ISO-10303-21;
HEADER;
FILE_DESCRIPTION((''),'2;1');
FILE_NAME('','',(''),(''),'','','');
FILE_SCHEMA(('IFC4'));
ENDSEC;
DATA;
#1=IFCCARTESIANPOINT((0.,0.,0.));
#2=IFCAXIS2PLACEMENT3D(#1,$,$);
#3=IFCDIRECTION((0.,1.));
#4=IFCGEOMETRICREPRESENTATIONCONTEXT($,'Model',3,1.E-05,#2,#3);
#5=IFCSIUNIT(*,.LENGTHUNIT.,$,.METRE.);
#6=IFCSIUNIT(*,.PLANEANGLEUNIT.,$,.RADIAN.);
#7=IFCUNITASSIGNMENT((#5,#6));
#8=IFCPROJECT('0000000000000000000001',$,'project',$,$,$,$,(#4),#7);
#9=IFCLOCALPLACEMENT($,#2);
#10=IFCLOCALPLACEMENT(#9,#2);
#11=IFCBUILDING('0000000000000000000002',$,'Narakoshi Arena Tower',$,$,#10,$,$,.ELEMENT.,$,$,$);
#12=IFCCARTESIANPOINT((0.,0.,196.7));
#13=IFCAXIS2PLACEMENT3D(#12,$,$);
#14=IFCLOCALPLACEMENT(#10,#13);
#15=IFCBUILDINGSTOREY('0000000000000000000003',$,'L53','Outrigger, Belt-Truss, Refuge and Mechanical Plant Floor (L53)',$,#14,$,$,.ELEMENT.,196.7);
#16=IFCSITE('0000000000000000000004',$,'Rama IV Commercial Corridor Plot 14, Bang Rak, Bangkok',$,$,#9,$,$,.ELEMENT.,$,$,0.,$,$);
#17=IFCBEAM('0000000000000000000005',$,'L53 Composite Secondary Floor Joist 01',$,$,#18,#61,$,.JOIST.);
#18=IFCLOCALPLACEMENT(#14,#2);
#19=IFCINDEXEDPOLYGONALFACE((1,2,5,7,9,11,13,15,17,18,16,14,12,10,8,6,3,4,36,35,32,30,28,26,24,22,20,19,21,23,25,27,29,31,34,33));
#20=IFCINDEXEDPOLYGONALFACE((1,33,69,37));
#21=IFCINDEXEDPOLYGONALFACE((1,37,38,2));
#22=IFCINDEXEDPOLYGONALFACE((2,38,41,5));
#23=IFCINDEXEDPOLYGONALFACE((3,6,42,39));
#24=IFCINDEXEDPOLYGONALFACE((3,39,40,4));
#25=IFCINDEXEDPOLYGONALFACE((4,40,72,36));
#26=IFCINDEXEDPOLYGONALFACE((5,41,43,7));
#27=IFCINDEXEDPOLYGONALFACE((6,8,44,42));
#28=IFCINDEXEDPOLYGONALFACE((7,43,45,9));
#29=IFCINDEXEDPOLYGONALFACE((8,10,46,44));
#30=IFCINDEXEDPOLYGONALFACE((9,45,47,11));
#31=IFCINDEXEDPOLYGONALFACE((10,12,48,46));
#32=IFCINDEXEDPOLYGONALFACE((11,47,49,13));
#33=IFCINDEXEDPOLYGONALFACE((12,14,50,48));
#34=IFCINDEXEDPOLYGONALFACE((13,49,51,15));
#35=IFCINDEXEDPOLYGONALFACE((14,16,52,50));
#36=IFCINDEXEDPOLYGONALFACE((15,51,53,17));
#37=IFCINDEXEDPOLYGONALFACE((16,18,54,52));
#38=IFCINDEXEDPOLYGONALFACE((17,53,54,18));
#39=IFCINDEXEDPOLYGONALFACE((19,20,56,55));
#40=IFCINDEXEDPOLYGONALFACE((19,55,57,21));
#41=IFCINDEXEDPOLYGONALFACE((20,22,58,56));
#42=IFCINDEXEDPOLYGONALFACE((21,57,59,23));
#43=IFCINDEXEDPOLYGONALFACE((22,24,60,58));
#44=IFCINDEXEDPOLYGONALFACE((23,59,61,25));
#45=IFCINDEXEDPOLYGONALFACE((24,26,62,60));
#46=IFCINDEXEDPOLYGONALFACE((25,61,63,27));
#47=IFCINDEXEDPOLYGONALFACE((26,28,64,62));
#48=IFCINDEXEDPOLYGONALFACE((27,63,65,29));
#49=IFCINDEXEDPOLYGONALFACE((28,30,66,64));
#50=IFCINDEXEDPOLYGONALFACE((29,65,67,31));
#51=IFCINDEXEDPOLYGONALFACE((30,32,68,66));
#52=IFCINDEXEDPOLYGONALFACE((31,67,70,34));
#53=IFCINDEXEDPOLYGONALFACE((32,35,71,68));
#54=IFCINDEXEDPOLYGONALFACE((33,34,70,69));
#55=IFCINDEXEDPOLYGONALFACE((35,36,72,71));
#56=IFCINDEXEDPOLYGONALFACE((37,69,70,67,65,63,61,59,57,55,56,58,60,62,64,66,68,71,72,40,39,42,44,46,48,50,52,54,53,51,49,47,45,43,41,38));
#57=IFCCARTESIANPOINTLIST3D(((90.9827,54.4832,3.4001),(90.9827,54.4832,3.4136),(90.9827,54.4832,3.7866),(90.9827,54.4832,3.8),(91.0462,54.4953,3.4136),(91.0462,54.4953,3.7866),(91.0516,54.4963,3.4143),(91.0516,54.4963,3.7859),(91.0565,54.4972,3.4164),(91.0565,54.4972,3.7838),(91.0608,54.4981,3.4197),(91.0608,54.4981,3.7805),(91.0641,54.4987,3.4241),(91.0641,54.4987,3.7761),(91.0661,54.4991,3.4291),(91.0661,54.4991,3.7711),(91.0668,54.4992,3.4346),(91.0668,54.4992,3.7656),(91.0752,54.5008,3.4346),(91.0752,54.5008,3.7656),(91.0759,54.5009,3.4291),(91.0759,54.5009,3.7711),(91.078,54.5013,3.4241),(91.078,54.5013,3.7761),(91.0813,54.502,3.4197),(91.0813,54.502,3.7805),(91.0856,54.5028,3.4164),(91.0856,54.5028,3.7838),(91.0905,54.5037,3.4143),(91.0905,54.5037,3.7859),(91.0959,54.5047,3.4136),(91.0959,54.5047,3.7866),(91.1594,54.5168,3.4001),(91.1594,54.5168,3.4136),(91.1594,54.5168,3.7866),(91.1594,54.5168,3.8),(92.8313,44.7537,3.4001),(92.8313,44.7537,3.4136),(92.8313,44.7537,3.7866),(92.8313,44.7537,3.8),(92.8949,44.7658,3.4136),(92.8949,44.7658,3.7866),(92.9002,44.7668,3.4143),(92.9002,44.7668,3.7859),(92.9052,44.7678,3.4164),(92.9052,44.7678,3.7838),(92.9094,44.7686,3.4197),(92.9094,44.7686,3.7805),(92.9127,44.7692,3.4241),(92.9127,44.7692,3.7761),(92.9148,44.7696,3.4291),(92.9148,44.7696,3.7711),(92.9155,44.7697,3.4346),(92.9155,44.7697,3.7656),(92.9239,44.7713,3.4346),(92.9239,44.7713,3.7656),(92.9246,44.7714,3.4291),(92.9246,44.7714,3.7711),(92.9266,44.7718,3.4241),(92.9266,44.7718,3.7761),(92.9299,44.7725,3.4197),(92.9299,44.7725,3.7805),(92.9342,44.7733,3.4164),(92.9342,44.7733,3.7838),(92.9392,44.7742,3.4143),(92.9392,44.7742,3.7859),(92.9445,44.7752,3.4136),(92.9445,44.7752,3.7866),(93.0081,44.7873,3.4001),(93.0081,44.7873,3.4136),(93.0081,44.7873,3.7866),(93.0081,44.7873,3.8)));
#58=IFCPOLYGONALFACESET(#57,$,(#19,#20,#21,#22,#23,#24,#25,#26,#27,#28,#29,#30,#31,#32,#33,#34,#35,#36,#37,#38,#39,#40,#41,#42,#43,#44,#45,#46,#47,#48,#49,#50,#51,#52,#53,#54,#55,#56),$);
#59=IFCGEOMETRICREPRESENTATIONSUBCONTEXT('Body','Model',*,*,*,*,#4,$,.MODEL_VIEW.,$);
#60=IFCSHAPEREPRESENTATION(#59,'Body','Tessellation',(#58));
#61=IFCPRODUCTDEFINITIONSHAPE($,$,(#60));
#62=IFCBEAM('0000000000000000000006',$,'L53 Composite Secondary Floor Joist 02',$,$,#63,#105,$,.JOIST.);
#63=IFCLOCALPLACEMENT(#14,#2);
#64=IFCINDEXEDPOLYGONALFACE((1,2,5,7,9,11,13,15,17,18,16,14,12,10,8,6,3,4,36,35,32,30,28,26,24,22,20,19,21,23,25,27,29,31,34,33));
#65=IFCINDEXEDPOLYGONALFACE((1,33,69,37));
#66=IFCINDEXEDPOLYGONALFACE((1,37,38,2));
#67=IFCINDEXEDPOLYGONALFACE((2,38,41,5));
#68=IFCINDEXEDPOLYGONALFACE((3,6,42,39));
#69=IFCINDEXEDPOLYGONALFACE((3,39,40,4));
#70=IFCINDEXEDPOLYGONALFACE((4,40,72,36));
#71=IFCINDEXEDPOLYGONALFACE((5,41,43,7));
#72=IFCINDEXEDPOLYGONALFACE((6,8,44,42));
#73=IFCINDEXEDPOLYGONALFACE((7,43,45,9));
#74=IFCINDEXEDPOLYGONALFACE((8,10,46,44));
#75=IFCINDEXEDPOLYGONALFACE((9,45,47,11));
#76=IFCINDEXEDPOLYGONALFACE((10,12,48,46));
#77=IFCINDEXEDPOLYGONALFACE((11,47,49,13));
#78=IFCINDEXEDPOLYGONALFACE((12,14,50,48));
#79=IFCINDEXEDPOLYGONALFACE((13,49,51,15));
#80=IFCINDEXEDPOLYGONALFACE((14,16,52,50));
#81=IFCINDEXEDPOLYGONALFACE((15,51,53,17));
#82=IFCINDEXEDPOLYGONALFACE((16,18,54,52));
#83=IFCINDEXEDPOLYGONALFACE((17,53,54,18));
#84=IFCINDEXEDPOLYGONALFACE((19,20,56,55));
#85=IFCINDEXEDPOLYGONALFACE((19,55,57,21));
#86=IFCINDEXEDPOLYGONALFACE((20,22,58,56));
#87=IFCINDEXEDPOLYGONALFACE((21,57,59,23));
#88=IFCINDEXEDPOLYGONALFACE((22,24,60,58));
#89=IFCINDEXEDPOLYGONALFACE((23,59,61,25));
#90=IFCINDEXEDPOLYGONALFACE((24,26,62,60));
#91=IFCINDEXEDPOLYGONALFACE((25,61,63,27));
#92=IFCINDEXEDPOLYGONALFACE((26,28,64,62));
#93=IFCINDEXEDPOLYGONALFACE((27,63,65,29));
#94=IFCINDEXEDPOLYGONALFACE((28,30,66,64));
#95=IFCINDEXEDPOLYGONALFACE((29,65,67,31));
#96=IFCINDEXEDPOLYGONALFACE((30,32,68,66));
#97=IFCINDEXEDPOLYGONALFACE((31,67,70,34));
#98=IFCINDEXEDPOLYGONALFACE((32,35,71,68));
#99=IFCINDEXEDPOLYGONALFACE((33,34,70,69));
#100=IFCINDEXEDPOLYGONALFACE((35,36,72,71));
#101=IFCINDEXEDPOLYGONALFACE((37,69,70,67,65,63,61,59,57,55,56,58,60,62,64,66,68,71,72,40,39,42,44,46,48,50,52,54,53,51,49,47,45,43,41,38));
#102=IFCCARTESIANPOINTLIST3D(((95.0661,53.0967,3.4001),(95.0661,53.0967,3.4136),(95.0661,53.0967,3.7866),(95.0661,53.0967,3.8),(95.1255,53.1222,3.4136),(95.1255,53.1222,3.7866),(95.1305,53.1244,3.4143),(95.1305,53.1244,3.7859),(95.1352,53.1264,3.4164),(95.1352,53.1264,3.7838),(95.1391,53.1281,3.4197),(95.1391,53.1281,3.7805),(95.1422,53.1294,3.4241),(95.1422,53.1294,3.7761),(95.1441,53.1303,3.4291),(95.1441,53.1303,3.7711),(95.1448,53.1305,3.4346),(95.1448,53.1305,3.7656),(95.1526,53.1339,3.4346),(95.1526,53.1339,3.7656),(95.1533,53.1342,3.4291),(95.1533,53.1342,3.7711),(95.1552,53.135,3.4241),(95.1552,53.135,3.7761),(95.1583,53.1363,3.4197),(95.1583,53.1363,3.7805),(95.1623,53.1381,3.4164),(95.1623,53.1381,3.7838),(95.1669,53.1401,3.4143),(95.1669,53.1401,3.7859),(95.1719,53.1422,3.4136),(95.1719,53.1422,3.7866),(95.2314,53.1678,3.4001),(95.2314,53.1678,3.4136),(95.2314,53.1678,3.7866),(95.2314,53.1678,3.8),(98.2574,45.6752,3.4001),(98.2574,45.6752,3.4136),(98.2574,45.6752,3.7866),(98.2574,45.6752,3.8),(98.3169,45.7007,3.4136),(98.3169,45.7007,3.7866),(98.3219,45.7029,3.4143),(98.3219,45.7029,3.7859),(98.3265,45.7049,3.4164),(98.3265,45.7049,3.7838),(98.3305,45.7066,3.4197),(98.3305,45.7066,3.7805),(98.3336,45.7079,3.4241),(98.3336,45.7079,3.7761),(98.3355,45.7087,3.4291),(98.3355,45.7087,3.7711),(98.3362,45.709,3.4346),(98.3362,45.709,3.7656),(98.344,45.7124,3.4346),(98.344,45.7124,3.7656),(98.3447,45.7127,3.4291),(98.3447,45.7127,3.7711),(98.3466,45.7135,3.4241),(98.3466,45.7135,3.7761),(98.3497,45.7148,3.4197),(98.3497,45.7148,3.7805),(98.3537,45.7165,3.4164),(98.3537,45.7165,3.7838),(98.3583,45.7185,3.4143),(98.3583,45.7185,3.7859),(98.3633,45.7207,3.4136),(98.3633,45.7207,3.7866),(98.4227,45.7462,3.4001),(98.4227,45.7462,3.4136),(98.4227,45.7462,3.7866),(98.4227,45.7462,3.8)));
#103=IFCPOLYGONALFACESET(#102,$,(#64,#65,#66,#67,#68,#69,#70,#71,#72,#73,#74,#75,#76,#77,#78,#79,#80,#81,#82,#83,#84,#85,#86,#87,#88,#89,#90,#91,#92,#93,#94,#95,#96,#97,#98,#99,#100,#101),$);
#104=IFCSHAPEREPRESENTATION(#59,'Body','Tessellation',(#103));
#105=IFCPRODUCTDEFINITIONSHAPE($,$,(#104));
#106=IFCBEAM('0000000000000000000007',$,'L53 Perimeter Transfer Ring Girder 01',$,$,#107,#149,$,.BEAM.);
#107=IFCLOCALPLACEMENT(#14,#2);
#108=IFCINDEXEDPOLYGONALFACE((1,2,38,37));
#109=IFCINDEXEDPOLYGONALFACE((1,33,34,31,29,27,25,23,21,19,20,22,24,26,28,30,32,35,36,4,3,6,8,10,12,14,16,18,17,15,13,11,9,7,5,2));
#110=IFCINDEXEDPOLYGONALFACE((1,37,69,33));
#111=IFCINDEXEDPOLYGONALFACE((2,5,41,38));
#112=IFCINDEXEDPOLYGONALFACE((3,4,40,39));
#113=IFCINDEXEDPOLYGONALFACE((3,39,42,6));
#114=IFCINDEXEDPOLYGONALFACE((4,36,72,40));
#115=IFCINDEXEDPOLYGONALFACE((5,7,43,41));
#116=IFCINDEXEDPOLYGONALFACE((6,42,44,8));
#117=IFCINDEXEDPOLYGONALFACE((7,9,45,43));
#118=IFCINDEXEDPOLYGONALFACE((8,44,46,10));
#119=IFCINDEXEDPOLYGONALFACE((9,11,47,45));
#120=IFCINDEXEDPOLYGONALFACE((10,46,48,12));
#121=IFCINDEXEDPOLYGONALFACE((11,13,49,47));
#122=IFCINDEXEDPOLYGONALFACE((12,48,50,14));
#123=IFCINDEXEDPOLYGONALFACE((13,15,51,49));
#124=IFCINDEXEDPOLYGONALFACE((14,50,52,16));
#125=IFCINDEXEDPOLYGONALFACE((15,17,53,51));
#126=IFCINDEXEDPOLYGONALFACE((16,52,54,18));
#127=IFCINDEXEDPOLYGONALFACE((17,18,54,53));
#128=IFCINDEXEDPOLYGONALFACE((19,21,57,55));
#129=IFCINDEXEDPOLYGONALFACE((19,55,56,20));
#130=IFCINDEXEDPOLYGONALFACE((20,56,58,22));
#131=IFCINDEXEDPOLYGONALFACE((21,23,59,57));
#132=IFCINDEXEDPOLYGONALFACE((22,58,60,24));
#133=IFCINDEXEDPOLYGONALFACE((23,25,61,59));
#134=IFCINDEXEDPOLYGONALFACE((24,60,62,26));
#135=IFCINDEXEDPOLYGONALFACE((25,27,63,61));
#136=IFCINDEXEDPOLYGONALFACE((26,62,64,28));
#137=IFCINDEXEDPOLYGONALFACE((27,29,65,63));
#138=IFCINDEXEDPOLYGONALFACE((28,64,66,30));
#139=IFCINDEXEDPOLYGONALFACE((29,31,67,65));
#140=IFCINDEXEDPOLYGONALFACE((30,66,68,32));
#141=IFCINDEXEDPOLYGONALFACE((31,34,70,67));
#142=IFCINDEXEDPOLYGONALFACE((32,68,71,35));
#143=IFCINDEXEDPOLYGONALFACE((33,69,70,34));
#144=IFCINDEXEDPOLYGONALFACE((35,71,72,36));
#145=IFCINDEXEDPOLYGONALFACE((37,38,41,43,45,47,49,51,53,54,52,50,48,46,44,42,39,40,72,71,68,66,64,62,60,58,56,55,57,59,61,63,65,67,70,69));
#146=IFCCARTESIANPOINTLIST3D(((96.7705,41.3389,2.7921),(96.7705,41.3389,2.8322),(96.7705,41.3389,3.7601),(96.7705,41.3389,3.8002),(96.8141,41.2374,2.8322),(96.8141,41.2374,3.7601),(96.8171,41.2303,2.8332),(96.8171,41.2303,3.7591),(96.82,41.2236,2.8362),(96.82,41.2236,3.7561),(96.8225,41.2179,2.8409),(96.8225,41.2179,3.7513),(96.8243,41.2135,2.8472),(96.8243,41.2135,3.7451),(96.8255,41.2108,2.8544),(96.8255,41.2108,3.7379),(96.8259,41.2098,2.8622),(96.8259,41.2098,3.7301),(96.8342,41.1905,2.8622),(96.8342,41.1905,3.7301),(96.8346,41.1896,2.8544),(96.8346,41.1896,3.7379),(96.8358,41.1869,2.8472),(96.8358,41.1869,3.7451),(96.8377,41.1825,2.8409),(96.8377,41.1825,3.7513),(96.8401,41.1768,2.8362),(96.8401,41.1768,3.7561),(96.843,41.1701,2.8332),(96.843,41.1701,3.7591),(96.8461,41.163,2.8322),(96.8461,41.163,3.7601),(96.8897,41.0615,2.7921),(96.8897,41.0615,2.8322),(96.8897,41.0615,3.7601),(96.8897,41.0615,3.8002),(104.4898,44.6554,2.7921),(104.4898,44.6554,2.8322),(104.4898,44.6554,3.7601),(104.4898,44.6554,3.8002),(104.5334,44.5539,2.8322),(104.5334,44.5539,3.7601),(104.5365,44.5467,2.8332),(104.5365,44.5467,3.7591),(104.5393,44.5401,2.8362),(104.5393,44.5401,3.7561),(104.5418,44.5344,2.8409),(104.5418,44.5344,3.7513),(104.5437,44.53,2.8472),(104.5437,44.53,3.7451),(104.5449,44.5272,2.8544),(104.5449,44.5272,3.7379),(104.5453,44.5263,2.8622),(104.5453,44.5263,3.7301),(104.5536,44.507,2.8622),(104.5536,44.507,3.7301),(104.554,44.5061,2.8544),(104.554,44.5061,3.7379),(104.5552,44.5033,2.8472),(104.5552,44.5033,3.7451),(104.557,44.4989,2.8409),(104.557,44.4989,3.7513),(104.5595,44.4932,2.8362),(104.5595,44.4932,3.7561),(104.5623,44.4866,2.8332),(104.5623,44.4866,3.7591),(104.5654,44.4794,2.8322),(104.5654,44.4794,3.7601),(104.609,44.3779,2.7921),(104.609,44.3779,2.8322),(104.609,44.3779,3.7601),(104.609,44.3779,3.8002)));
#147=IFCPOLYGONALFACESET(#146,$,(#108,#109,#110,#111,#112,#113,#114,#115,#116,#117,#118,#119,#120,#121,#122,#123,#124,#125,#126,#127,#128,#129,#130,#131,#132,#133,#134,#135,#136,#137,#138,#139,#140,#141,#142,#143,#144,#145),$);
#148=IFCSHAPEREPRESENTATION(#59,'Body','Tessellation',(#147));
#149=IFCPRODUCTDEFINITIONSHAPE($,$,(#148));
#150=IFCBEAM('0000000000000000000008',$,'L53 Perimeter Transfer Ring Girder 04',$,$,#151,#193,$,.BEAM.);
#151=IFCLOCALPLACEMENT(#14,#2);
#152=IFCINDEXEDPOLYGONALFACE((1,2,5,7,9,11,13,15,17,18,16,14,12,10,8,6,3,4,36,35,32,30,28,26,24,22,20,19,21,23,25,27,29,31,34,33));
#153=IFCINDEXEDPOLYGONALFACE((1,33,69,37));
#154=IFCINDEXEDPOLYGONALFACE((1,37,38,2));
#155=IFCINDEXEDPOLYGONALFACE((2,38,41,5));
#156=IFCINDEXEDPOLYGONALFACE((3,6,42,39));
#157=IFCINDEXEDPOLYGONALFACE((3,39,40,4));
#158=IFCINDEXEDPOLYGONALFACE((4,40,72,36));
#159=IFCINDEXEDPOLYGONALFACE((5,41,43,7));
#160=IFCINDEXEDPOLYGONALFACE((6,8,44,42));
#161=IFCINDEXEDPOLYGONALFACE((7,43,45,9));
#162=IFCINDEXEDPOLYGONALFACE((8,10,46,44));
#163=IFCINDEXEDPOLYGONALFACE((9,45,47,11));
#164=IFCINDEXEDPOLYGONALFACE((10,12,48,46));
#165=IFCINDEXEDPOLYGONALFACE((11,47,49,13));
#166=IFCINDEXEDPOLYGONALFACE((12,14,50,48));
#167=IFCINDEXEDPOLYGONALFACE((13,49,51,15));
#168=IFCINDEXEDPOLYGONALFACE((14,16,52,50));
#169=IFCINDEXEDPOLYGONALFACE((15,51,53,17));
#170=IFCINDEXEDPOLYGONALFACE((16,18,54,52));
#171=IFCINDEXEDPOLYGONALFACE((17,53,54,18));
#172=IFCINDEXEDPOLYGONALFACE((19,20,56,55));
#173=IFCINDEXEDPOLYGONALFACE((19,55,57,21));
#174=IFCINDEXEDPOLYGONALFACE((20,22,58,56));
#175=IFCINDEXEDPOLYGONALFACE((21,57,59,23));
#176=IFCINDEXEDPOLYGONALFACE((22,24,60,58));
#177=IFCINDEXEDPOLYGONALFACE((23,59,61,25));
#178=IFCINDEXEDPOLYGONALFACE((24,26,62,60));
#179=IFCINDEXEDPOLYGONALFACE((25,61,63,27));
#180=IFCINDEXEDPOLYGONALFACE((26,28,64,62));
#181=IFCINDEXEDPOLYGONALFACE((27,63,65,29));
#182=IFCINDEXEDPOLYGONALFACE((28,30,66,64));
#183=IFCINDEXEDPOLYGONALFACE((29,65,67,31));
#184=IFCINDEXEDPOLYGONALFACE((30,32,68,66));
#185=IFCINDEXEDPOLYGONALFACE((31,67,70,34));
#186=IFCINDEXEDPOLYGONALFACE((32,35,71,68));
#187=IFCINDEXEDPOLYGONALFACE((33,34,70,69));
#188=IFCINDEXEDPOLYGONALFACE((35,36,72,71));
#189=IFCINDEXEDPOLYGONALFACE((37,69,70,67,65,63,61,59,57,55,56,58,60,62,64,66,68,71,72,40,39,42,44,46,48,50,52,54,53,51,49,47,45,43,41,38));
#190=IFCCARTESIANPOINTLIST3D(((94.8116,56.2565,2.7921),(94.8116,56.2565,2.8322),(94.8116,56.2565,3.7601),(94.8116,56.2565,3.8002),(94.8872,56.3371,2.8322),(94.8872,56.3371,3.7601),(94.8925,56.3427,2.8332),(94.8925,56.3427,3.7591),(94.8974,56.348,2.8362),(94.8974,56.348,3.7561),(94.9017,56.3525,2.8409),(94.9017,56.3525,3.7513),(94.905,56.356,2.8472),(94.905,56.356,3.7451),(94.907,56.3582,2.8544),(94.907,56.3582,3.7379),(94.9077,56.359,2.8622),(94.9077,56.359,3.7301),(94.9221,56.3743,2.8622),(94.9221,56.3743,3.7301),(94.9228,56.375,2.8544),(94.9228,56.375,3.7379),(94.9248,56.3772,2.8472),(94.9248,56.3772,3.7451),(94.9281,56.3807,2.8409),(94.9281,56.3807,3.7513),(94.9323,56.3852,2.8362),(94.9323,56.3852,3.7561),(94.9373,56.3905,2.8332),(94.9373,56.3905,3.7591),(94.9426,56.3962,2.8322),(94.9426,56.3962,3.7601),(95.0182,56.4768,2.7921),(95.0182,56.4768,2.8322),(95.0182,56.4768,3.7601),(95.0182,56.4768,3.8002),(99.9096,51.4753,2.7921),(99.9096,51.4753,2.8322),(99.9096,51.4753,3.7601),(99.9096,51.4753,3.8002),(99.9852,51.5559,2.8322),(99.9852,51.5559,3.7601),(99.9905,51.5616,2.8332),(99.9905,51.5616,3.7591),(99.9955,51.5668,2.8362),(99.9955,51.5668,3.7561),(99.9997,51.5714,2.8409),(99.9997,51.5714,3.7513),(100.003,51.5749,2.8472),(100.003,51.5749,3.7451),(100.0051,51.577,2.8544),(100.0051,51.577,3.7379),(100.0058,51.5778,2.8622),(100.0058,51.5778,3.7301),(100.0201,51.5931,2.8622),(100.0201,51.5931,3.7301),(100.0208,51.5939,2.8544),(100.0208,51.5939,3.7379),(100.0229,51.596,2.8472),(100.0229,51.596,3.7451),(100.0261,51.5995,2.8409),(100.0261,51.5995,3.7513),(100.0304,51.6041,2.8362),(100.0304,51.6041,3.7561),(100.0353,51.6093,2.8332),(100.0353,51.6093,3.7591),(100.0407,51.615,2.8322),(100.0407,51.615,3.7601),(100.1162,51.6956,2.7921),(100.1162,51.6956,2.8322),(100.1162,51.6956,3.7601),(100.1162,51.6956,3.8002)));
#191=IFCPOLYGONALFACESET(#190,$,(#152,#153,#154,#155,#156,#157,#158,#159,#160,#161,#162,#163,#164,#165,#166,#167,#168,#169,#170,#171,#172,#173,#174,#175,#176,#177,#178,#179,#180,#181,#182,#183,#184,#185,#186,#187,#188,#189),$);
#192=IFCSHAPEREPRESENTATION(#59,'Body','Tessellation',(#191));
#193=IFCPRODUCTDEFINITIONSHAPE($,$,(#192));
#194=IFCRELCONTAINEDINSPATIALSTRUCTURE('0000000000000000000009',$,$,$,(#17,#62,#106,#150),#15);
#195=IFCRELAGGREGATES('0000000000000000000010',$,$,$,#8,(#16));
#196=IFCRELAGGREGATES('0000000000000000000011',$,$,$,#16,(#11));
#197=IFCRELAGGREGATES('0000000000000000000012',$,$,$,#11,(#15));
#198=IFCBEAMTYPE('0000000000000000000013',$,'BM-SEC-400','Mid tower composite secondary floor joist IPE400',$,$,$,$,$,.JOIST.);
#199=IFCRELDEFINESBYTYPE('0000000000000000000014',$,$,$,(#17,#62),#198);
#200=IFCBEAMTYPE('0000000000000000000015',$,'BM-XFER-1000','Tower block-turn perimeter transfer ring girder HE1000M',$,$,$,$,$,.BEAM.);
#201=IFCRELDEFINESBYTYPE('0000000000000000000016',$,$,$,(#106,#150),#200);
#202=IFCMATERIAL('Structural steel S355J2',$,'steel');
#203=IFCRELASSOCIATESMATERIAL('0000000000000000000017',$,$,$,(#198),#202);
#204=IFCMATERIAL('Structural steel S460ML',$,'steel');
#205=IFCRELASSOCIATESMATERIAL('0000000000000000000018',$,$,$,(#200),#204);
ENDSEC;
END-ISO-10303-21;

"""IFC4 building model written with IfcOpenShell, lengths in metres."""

from ifc_helpers import new_model, si_unit, direction, frame, origin, origin_2d, place, context, subcontext, project, spatial, i_section, extrude, material, material_profile, profile_set, type_object, element, save


model = new_model("IFC4")

# Units and contexts
model_context = context("Model", 3, precision=1e-05, world=origin(), true_north=direction((0.0, 1.0)))
body_context = subcontext(model_context, "Body", "Model", "MODEL_VIEW")
ifc_project = project(units=[si_unit("LENGTHUNIT", "METRE"), si_unit("PLANEANGLEUNIT", "RADIAN")], contexts=[model_context])

# Site, building, storey
site_placement = place(None, origin())
site = spatial("IfcSite", under=ifc_project, at=site_placement, Name="Rama IV Commercial Corridor Plot 14, Bang Rak, Bangkok", CompositionType="ELEMENT", RefElevation=0.0)
building_placement = place(site_placement, origin())
building = spatial("IfcBuilding", under=site, at=building_placement, Name="Narakoshi Arena Tower", CompositionType="ELEMENT")
storey_placement = place(building_placement, frame((0.0, 0.0, 196.7)))
storey = spatial("IfcBuildingStorey", under=building, at=storey_placement, Name="L53", Description="Outrigger, Belt-Truss, Refuge and Mechanical Plant Floor (L53)", CompositionType="ELEMENT", Elevation=196.7)

# Shared definitions
ifc_material_1 = material(Name="Structural steel S460ML", Category="steel")

# Beams
ifc_material_2 = material(Name="Structural steel S355J2", Category="steel")
ifc_material_profile_1 = material_profile(ifc_material_2, i_section(OverallWidth=0.1799, OverallDepth=0.3999, WebThickness=0.0085, FlangeThickness=0.0134, FilletRadius=0.021, at=origin_2d()), Name="IPE400")
ifc_profile_set_1 = profile_set([ifc_material_profile_1], Name="Structural steel S355J2")
beam_type_1 = type_object("IfcBeamType", Name="BM-SEC-400", Description="Mid tower composite secondary floor joist IPE400", PredefinedType="JOIST", material=ifc_profile_set_1)
beam_1_placement = place(storey_placement, frame((92.9197, 44.7705, 3.6001), z_axis=(-0.186664, 0.982424, 0.0), x_axis=(-0.982424, -0.186664, 0.0)))
element("IfcBeam", 1, at=beam_1_placement, inside=storey, type_object=beam_type_1, Name="L53 Composite Secondary Floor Joist 01", PredefinedType="JOIST", context=body_context, shape_type="SweptSolid", body=[
    extrude(i_section(OverallWidth=0.1799, OverallDepth=0.3999, WebThickness=0.0085, FlangeThickness=0.0134, FilletRadius=0.021, at=origin_2d()), origin(), (0.0, 0.0, 1.0), 9.9036),
])
beam_2_placement = place(storey_placement, frame((98.3401, 45.7107, 3.6001), z_axis=(-0.395039, 0.918664, 0.0), x_axis=(-0.918664, -0.395039, 0.0)))
element("IfcBeam", 2, at=beam_2_placement, inside=storey, type_object=beam_type_1, Name="L53 Composite Secondary Floor Joist 02", PredefinedType="JOIST", context=body_context, shape_type="SweptSolid", body=[
    extrude(i_section(OverallWidth=0.1799, OverallDepth=0.3999, WebThickness=0.0085, FlangeThickness=0.0134, FilletRadius=0.021, at=origin_2d()), origin(), (0.0, 0.0, 1.0), 8.0786),
])
ifc_material_profile_2 = material_profile(ifc_material_1, i_section(OverallWidth=0.302, OverallDepth=1.0081, WebThickness=0.021, FlangeThickness=0.04, FilletRadius=0.03, at=origin_2d()), Name="HE1000M")
ifc_profile_set_2 = profile_set([ifc_material_profile_2], Name="Structural steel S460ML")
beam_type_2 = type_object("IfcBeamType", Name="BM-XFER-1000", Description="Tower block-turn perimeter transfer ring girder HE1000M", PredefinedType="BEAM", material=ifc_profile_set_2)
beam_3_placement = place(storey_placement, frame((96.8301, 41.2002, 3.2961), z_axis=(0.918793, 0.39474, 0.0), x_axis=(-0.39474, 0.918793, 0.0)))
element("IfcBeam", 3, at=beam_3_placement, inside=storey, type_object=beam_type_2, Name="L53 Perimeter Transfer Ring Girder 01", PredefinedType="BEAM", context=body_context, shape_type="SweptSolid", body=[
    extrude(i_section(OverallWidth=0.302, OverallDepth=1.0081, WebThickness=0.021, FlangeThickness=0.04, FilletRadius=0.03, at=origin_2d()), origin(), (0.0, 0.0, 1.0), 8.4016),
])
beam_4_placement = place(storey_placement, frame((100.0129, 51.5854, 3.2961), z_axis=(-0.729413, 0.684074, 0.0), x_axis=(-0.684074, -0.729413, 0.0)))
element("IfcBeam", 4, at=beam_4_placement, inside=storey, type_object=beam_type_2, Name="L53 Perimeter Transfer Ring Girder 04", PredefinedType="BEAM", context=body_context, shape_type="SweptSolid", body=[
    extrude(i_section(OverallWidth=0.302, OverallDepth=1.0081, WebThickness=0.021, FlangeThickness=0.04, FilletRadius=0.03, at=origin_2d()), origin(), (0.0, 0.0, 1.0), 6.9893),
])

save(model, "model.ifc")
